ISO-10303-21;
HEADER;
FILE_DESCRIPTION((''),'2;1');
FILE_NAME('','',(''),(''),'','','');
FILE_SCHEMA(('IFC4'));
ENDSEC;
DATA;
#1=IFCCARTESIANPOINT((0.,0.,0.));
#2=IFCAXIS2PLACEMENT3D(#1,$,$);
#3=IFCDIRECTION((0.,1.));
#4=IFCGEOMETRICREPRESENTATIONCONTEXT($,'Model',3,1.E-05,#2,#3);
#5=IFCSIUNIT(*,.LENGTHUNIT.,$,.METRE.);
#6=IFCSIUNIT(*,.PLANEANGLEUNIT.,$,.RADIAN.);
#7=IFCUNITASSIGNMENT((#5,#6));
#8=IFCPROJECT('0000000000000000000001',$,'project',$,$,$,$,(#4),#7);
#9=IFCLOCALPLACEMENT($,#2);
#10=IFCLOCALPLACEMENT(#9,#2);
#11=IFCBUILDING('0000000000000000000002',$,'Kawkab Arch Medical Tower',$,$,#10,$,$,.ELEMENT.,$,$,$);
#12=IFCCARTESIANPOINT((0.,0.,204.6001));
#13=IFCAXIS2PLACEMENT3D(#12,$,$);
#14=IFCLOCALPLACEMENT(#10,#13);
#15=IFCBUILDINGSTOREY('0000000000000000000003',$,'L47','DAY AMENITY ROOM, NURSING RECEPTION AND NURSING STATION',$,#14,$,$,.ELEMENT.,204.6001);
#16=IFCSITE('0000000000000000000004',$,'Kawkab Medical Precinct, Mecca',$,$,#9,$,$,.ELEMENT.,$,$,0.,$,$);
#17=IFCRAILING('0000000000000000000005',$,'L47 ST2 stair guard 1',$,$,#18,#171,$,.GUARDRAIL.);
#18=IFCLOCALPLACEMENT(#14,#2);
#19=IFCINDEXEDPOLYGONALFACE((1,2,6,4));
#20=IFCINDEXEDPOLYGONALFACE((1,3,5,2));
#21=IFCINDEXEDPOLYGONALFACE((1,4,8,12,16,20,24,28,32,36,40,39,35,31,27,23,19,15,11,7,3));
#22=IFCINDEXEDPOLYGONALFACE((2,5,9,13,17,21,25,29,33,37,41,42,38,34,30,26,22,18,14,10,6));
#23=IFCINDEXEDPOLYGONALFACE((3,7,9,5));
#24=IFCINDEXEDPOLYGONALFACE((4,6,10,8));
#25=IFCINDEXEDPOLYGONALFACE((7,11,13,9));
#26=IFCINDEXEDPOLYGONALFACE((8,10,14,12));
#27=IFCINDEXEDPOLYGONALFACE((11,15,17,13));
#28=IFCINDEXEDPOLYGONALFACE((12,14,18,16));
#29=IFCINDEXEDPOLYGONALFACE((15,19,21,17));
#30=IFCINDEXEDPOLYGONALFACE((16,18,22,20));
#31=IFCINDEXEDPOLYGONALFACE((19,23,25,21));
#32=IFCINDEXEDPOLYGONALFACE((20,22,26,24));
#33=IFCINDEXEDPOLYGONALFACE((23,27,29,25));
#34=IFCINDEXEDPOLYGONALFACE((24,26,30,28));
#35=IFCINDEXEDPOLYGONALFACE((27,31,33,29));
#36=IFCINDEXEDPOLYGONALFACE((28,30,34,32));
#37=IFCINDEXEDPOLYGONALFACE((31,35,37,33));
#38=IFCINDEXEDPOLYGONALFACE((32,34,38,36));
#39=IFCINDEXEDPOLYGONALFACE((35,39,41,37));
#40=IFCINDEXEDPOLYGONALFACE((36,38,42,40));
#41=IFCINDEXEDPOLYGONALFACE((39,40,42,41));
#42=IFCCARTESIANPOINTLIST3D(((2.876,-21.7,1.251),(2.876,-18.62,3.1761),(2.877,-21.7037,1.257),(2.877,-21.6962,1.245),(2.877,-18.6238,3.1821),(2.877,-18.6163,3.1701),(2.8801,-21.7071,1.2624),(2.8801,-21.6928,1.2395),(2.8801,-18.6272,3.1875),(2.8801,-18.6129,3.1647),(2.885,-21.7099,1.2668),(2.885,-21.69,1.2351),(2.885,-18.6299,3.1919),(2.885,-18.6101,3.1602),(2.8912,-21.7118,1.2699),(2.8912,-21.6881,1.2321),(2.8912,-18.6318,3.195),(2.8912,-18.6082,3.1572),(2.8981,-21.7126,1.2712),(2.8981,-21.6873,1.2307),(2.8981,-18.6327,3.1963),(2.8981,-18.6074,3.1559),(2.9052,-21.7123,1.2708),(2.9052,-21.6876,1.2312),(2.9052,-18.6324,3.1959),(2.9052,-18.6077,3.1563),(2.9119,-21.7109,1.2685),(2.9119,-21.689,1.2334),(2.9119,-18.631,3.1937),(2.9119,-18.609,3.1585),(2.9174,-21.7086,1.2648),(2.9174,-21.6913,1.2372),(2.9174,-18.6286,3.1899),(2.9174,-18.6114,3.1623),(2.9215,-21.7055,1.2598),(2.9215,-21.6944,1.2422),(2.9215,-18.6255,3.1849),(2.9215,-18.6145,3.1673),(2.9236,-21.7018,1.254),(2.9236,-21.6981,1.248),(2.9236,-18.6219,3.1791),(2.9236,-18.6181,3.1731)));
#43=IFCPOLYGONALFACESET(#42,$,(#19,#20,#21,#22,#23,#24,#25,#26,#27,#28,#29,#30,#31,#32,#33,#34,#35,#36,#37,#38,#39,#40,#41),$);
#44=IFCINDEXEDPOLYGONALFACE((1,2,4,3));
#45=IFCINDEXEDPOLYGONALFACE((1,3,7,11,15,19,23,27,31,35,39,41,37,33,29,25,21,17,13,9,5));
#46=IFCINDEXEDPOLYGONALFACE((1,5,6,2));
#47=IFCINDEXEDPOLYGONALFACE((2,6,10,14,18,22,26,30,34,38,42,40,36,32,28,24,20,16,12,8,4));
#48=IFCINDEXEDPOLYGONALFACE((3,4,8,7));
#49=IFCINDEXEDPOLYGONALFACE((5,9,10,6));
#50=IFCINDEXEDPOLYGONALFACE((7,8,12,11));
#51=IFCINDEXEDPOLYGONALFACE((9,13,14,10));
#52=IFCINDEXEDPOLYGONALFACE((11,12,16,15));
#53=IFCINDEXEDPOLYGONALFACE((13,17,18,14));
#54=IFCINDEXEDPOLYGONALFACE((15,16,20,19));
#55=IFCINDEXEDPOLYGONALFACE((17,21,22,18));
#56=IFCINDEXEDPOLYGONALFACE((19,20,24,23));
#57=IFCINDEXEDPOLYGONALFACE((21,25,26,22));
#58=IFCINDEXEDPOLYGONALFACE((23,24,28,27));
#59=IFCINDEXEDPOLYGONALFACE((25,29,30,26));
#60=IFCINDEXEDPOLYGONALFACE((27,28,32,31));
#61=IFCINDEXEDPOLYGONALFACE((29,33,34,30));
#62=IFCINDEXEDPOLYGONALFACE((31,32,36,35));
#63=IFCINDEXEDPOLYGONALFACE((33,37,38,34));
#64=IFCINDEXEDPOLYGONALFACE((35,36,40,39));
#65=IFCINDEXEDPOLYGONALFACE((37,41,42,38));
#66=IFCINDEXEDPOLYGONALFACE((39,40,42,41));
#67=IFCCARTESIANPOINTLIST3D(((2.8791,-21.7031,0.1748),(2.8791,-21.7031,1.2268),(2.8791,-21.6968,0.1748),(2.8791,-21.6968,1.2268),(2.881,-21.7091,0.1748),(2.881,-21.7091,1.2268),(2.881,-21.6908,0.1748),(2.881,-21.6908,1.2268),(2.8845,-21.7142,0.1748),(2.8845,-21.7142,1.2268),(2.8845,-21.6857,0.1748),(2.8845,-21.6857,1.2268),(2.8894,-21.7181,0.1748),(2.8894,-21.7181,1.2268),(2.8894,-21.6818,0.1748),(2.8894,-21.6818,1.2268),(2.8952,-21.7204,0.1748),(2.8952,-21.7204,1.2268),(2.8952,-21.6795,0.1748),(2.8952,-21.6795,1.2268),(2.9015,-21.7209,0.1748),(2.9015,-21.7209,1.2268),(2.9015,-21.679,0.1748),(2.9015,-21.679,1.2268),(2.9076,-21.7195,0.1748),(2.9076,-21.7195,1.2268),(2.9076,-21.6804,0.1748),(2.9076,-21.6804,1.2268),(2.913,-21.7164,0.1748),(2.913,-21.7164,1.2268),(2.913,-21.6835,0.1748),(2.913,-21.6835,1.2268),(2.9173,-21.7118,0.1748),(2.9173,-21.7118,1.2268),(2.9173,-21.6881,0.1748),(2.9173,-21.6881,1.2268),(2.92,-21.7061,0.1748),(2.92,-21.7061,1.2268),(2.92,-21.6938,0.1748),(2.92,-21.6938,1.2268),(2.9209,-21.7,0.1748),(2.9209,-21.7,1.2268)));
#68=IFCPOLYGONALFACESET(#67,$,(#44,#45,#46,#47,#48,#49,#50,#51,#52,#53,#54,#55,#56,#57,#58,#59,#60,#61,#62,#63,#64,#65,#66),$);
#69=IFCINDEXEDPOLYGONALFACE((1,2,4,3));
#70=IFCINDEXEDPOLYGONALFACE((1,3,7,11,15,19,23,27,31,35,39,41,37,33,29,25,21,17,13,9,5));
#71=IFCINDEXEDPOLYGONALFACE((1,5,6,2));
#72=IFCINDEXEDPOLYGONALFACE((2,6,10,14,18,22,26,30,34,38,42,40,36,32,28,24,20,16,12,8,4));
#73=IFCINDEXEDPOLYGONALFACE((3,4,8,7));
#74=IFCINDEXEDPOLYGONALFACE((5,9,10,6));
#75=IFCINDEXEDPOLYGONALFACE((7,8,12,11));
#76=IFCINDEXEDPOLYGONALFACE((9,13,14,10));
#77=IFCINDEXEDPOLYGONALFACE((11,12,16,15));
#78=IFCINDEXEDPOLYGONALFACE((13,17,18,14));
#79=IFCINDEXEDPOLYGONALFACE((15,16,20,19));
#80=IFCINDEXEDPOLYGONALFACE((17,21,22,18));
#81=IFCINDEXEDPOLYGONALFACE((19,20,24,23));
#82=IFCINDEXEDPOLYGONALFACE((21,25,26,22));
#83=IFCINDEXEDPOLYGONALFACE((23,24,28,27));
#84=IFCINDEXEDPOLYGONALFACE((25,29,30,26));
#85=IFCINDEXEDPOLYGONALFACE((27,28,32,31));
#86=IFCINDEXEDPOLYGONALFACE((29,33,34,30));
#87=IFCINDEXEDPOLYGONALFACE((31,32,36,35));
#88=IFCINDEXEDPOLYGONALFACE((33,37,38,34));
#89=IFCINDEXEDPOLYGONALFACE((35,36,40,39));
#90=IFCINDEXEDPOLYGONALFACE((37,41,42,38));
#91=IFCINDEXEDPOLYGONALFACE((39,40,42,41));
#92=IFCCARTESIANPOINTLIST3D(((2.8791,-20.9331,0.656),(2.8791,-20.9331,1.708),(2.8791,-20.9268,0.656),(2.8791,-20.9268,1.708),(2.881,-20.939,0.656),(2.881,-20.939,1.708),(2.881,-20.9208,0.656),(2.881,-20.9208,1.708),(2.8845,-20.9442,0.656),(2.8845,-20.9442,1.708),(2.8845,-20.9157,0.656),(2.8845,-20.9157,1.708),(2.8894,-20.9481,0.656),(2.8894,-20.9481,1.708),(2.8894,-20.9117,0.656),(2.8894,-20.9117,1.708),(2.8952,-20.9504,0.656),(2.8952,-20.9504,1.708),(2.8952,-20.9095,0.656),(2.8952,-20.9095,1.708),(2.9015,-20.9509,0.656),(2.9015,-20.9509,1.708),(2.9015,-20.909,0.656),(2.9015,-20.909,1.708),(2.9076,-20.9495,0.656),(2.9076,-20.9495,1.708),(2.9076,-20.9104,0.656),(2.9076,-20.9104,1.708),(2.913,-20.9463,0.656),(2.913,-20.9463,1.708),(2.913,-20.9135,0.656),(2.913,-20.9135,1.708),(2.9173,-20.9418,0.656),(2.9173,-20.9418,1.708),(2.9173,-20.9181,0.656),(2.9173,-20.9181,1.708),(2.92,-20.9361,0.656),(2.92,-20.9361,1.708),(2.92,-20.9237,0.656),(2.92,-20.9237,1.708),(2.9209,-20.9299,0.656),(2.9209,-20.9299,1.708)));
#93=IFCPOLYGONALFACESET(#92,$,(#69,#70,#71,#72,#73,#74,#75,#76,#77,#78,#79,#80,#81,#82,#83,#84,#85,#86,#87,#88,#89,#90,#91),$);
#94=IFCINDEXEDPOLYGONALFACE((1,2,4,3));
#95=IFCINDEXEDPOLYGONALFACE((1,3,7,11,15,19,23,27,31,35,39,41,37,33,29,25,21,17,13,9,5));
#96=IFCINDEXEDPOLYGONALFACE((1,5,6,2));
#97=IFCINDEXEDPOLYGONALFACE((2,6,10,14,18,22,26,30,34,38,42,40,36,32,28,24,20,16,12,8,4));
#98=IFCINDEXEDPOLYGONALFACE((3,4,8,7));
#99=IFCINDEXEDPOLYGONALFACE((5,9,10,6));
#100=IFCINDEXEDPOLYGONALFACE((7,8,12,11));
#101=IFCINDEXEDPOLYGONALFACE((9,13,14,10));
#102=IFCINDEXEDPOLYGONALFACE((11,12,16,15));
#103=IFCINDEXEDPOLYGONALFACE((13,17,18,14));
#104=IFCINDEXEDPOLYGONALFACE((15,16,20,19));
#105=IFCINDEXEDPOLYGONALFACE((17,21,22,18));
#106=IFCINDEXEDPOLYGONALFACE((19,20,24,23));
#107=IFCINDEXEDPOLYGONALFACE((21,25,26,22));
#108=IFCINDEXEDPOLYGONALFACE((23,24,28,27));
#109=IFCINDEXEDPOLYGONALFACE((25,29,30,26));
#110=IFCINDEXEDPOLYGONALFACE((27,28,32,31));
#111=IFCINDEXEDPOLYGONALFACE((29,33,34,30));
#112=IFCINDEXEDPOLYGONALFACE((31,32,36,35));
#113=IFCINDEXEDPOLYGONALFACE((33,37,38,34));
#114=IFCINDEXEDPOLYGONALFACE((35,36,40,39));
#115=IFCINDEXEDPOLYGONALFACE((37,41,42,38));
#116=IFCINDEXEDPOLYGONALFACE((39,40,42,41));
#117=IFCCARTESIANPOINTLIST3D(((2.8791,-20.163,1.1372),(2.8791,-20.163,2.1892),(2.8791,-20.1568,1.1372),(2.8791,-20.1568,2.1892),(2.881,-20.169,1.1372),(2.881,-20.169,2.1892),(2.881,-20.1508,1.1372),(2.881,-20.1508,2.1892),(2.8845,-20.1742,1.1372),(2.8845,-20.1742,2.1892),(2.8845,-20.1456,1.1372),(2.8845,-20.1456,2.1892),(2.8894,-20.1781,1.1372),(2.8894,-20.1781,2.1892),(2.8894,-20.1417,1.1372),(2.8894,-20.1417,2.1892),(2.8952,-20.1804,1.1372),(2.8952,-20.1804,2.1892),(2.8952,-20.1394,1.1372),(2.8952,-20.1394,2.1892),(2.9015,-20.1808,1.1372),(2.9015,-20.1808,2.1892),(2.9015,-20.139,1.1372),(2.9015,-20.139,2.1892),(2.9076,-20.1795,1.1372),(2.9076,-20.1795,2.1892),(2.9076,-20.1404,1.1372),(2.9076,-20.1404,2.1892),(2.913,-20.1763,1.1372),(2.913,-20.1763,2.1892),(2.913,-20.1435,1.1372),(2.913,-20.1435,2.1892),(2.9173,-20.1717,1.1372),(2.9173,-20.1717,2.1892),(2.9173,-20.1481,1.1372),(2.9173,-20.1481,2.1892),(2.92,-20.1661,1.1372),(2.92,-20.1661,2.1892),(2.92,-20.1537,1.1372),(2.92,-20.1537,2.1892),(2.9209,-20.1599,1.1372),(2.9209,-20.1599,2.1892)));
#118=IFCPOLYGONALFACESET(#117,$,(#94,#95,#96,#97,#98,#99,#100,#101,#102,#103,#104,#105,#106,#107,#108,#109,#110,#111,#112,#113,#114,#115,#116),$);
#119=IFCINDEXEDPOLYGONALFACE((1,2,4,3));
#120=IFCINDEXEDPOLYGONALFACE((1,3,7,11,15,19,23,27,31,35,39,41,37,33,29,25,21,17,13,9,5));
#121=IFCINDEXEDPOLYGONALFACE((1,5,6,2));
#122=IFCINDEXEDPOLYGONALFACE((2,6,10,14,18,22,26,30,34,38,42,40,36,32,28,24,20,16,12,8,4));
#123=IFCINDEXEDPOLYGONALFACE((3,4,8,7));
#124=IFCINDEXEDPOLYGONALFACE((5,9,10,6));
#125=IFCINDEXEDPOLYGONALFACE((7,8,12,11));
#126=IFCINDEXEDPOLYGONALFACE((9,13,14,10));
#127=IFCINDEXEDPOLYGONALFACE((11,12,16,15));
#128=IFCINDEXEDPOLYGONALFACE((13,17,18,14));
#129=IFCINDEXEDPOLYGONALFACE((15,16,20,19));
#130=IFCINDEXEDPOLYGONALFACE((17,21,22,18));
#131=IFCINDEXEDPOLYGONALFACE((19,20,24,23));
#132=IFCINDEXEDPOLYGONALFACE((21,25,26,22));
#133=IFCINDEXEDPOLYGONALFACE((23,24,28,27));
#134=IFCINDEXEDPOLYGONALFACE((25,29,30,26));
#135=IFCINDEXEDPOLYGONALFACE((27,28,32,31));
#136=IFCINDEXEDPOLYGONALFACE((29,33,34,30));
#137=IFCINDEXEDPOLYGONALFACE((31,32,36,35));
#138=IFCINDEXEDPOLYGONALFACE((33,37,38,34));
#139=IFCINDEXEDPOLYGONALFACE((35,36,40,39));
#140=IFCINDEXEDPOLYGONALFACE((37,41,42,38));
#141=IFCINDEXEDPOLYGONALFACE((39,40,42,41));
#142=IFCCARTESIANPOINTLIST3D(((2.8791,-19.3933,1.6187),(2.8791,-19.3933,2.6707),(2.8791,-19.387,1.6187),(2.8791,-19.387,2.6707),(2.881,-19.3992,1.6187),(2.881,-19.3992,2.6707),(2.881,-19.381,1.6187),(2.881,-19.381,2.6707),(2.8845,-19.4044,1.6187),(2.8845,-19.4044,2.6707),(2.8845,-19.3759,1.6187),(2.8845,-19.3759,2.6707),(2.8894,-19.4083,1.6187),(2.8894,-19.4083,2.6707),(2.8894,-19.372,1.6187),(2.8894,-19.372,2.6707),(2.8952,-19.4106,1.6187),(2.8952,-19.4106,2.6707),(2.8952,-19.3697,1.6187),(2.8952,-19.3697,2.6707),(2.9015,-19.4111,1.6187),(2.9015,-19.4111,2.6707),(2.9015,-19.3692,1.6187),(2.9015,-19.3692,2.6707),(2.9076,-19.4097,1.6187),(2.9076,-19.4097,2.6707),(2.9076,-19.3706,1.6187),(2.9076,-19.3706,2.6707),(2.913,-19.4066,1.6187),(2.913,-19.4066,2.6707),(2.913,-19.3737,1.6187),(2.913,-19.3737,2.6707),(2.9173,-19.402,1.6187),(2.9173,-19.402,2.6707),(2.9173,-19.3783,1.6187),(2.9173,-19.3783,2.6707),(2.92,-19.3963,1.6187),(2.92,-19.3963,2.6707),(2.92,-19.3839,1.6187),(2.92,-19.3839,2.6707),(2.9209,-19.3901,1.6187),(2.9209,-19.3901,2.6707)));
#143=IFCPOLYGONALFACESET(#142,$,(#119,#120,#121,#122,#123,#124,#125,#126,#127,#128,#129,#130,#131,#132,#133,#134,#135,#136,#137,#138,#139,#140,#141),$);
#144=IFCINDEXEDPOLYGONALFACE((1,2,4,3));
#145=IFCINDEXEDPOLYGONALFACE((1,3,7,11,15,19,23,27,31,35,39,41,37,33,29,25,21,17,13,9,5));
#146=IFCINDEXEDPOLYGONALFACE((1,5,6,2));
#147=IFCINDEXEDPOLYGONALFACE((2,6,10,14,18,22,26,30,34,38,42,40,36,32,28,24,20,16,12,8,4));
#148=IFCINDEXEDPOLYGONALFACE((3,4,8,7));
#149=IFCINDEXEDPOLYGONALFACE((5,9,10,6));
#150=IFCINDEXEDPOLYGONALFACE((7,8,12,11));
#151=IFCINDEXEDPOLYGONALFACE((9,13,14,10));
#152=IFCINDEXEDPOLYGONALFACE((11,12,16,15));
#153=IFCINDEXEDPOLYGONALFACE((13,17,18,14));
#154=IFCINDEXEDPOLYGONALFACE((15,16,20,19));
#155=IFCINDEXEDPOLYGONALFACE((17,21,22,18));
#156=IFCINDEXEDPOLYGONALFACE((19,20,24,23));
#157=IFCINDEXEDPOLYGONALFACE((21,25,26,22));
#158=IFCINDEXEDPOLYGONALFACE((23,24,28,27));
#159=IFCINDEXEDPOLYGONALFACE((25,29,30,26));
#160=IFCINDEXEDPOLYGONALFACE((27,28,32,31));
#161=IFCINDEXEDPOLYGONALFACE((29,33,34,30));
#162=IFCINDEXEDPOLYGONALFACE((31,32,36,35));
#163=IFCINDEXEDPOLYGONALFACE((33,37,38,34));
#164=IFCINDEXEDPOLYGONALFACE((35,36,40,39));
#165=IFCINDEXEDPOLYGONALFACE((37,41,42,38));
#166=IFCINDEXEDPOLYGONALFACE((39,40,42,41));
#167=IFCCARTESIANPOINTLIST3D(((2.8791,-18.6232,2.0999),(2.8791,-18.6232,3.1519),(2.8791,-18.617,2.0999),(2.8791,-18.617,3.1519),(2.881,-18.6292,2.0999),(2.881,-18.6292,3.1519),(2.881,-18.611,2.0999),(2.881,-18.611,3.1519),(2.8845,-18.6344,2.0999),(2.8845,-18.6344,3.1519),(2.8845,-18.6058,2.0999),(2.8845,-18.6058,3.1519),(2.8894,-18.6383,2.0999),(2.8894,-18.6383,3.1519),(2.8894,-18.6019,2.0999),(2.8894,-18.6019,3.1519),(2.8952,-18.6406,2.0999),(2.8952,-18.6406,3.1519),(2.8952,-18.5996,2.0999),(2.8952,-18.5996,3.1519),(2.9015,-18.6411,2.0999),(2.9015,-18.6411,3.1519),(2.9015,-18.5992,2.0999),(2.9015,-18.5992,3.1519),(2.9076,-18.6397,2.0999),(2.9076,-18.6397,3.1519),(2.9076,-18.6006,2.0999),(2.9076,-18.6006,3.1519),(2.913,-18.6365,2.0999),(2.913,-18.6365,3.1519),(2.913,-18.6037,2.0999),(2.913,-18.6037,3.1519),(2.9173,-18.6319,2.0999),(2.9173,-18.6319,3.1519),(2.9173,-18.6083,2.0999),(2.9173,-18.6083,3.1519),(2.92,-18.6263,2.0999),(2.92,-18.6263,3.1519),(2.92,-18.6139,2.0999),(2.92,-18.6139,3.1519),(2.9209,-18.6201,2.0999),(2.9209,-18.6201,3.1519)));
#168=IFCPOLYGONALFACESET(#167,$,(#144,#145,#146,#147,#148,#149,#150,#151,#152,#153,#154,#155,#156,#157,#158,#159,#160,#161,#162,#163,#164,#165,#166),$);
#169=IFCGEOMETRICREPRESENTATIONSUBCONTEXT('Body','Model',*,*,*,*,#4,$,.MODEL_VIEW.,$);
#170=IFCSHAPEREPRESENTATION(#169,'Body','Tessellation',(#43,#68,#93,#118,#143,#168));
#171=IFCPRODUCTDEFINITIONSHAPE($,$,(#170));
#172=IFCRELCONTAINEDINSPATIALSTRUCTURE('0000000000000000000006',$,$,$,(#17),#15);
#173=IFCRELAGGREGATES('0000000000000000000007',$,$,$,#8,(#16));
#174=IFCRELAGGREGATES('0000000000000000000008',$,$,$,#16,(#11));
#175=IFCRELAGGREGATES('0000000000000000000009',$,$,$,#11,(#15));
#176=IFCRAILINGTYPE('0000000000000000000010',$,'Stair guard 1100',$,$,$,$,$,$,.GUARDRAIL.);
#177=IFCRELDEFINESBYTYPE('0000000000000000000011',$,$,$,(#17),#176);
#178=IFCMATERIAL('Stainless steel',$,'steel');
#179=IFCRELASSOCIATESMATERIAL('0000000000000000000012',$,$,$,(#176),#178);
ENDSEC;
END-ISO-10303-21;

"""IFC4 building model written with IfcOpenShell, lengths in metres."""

from ifc_helpers import new_model, si_unit, direction, frame, origin, origin_2d, place, context, subcontext, project, spatial, circle, extrude, material, type_object, element, save


model = new_model("IFC4")

# Units and contexts
model_context = context("Model", 3, precision=1e-05, world=origin(), true_north=direction((0.0, 1.0)))
body_context = subcontext(model_context, "Body", "Model", "MODEL_VIEW")
ifc_project = project(units=[si_unit("LENGTHUNIT", "METRE"), si_unit("PLANEANGLEUNIT", "RADIAN")], contexts=[model_context])

# Site, building, storey
site_placement = place(None, origin())
site = spatial("IfcSite", under=ifc_project, at=site_placement, Name="Kawkab Medical Precinct, Mecca", CompositionType="ELEMENT", RefElevation=0.0)
building_placement = place(site_placement, origin())
building = spatial("IfcBuilding", under=site, at=building_placement, Name="Kawkab Arch Medical Tower", CompositionType="ELEMENT")
storey_placement = place(building_placement, frame((0.0, 0.0, 204.6001)))
storey = spatial("IfcBuildingStorey", under=building, at=storey_placement, Name="L47", Description="DAY AMENITY ROOM, NURSING RECEPTION AND NURSING STATION", CompositionType="ELEMENT", Elevation=204.6001)

# Railing
ifc_material_1 = material(Name="Stainless steel", Category="steel")
railing_type = type_object("IfcRailingType", Name="Stair guard 1100", PredefinedType="GUARDRAIL", material=ifc_material_1)
railing_1_placement = place(storey_placement, frame((2.8999, -21.7, 0.1748)))
element("IfcRailing", 1, at=railing_1_placement, inside=storey, type_object=railing_type, Name="L47 ST2 stair guard 1", PredefinedType="GUARDRAIL", context=body_context, shape_type="SweptSolid", body=[
    extrude(circle(Radius=0.0239, at=origin_2d()), frame((0.0, 0.0, 1.0762), z_axis=(0.0, 0.847979, 0.530029), x_axis=(-1.0, 0.0, 0.0)), (0.0, 0.0, 1.0), 3.6321),
    extrude(circle(Radius=0.021, at=origin_2d()), origin(), (0.0, 0.0, 1.0), 1.052),
    extrude(circle(Radius=0.021, at=origin_2d()), frame((0.0, 0.77, 0.4812)), (0.0, 0.0, 1.0), 1.052),
    extrude(circle(Radius=0.021, at=origin_2d()), frame((0.0, 1.54, 0.9624)), (0.0, 0.0, 1.0), 1.052),
    extrude(circle(Radius=0.021, at=origin_2d()), frame((0.0, 2.3098, 1.4438)), (0.0, 0.0, 1.0), 1.052),
    extrude(circle(Radius=0.021, at=origin_2d()), frame((0.0, 3.0798, 1.925)), (0.0, 0.0, 1.0), 1.052),
])

save(model, "model.ifc")
